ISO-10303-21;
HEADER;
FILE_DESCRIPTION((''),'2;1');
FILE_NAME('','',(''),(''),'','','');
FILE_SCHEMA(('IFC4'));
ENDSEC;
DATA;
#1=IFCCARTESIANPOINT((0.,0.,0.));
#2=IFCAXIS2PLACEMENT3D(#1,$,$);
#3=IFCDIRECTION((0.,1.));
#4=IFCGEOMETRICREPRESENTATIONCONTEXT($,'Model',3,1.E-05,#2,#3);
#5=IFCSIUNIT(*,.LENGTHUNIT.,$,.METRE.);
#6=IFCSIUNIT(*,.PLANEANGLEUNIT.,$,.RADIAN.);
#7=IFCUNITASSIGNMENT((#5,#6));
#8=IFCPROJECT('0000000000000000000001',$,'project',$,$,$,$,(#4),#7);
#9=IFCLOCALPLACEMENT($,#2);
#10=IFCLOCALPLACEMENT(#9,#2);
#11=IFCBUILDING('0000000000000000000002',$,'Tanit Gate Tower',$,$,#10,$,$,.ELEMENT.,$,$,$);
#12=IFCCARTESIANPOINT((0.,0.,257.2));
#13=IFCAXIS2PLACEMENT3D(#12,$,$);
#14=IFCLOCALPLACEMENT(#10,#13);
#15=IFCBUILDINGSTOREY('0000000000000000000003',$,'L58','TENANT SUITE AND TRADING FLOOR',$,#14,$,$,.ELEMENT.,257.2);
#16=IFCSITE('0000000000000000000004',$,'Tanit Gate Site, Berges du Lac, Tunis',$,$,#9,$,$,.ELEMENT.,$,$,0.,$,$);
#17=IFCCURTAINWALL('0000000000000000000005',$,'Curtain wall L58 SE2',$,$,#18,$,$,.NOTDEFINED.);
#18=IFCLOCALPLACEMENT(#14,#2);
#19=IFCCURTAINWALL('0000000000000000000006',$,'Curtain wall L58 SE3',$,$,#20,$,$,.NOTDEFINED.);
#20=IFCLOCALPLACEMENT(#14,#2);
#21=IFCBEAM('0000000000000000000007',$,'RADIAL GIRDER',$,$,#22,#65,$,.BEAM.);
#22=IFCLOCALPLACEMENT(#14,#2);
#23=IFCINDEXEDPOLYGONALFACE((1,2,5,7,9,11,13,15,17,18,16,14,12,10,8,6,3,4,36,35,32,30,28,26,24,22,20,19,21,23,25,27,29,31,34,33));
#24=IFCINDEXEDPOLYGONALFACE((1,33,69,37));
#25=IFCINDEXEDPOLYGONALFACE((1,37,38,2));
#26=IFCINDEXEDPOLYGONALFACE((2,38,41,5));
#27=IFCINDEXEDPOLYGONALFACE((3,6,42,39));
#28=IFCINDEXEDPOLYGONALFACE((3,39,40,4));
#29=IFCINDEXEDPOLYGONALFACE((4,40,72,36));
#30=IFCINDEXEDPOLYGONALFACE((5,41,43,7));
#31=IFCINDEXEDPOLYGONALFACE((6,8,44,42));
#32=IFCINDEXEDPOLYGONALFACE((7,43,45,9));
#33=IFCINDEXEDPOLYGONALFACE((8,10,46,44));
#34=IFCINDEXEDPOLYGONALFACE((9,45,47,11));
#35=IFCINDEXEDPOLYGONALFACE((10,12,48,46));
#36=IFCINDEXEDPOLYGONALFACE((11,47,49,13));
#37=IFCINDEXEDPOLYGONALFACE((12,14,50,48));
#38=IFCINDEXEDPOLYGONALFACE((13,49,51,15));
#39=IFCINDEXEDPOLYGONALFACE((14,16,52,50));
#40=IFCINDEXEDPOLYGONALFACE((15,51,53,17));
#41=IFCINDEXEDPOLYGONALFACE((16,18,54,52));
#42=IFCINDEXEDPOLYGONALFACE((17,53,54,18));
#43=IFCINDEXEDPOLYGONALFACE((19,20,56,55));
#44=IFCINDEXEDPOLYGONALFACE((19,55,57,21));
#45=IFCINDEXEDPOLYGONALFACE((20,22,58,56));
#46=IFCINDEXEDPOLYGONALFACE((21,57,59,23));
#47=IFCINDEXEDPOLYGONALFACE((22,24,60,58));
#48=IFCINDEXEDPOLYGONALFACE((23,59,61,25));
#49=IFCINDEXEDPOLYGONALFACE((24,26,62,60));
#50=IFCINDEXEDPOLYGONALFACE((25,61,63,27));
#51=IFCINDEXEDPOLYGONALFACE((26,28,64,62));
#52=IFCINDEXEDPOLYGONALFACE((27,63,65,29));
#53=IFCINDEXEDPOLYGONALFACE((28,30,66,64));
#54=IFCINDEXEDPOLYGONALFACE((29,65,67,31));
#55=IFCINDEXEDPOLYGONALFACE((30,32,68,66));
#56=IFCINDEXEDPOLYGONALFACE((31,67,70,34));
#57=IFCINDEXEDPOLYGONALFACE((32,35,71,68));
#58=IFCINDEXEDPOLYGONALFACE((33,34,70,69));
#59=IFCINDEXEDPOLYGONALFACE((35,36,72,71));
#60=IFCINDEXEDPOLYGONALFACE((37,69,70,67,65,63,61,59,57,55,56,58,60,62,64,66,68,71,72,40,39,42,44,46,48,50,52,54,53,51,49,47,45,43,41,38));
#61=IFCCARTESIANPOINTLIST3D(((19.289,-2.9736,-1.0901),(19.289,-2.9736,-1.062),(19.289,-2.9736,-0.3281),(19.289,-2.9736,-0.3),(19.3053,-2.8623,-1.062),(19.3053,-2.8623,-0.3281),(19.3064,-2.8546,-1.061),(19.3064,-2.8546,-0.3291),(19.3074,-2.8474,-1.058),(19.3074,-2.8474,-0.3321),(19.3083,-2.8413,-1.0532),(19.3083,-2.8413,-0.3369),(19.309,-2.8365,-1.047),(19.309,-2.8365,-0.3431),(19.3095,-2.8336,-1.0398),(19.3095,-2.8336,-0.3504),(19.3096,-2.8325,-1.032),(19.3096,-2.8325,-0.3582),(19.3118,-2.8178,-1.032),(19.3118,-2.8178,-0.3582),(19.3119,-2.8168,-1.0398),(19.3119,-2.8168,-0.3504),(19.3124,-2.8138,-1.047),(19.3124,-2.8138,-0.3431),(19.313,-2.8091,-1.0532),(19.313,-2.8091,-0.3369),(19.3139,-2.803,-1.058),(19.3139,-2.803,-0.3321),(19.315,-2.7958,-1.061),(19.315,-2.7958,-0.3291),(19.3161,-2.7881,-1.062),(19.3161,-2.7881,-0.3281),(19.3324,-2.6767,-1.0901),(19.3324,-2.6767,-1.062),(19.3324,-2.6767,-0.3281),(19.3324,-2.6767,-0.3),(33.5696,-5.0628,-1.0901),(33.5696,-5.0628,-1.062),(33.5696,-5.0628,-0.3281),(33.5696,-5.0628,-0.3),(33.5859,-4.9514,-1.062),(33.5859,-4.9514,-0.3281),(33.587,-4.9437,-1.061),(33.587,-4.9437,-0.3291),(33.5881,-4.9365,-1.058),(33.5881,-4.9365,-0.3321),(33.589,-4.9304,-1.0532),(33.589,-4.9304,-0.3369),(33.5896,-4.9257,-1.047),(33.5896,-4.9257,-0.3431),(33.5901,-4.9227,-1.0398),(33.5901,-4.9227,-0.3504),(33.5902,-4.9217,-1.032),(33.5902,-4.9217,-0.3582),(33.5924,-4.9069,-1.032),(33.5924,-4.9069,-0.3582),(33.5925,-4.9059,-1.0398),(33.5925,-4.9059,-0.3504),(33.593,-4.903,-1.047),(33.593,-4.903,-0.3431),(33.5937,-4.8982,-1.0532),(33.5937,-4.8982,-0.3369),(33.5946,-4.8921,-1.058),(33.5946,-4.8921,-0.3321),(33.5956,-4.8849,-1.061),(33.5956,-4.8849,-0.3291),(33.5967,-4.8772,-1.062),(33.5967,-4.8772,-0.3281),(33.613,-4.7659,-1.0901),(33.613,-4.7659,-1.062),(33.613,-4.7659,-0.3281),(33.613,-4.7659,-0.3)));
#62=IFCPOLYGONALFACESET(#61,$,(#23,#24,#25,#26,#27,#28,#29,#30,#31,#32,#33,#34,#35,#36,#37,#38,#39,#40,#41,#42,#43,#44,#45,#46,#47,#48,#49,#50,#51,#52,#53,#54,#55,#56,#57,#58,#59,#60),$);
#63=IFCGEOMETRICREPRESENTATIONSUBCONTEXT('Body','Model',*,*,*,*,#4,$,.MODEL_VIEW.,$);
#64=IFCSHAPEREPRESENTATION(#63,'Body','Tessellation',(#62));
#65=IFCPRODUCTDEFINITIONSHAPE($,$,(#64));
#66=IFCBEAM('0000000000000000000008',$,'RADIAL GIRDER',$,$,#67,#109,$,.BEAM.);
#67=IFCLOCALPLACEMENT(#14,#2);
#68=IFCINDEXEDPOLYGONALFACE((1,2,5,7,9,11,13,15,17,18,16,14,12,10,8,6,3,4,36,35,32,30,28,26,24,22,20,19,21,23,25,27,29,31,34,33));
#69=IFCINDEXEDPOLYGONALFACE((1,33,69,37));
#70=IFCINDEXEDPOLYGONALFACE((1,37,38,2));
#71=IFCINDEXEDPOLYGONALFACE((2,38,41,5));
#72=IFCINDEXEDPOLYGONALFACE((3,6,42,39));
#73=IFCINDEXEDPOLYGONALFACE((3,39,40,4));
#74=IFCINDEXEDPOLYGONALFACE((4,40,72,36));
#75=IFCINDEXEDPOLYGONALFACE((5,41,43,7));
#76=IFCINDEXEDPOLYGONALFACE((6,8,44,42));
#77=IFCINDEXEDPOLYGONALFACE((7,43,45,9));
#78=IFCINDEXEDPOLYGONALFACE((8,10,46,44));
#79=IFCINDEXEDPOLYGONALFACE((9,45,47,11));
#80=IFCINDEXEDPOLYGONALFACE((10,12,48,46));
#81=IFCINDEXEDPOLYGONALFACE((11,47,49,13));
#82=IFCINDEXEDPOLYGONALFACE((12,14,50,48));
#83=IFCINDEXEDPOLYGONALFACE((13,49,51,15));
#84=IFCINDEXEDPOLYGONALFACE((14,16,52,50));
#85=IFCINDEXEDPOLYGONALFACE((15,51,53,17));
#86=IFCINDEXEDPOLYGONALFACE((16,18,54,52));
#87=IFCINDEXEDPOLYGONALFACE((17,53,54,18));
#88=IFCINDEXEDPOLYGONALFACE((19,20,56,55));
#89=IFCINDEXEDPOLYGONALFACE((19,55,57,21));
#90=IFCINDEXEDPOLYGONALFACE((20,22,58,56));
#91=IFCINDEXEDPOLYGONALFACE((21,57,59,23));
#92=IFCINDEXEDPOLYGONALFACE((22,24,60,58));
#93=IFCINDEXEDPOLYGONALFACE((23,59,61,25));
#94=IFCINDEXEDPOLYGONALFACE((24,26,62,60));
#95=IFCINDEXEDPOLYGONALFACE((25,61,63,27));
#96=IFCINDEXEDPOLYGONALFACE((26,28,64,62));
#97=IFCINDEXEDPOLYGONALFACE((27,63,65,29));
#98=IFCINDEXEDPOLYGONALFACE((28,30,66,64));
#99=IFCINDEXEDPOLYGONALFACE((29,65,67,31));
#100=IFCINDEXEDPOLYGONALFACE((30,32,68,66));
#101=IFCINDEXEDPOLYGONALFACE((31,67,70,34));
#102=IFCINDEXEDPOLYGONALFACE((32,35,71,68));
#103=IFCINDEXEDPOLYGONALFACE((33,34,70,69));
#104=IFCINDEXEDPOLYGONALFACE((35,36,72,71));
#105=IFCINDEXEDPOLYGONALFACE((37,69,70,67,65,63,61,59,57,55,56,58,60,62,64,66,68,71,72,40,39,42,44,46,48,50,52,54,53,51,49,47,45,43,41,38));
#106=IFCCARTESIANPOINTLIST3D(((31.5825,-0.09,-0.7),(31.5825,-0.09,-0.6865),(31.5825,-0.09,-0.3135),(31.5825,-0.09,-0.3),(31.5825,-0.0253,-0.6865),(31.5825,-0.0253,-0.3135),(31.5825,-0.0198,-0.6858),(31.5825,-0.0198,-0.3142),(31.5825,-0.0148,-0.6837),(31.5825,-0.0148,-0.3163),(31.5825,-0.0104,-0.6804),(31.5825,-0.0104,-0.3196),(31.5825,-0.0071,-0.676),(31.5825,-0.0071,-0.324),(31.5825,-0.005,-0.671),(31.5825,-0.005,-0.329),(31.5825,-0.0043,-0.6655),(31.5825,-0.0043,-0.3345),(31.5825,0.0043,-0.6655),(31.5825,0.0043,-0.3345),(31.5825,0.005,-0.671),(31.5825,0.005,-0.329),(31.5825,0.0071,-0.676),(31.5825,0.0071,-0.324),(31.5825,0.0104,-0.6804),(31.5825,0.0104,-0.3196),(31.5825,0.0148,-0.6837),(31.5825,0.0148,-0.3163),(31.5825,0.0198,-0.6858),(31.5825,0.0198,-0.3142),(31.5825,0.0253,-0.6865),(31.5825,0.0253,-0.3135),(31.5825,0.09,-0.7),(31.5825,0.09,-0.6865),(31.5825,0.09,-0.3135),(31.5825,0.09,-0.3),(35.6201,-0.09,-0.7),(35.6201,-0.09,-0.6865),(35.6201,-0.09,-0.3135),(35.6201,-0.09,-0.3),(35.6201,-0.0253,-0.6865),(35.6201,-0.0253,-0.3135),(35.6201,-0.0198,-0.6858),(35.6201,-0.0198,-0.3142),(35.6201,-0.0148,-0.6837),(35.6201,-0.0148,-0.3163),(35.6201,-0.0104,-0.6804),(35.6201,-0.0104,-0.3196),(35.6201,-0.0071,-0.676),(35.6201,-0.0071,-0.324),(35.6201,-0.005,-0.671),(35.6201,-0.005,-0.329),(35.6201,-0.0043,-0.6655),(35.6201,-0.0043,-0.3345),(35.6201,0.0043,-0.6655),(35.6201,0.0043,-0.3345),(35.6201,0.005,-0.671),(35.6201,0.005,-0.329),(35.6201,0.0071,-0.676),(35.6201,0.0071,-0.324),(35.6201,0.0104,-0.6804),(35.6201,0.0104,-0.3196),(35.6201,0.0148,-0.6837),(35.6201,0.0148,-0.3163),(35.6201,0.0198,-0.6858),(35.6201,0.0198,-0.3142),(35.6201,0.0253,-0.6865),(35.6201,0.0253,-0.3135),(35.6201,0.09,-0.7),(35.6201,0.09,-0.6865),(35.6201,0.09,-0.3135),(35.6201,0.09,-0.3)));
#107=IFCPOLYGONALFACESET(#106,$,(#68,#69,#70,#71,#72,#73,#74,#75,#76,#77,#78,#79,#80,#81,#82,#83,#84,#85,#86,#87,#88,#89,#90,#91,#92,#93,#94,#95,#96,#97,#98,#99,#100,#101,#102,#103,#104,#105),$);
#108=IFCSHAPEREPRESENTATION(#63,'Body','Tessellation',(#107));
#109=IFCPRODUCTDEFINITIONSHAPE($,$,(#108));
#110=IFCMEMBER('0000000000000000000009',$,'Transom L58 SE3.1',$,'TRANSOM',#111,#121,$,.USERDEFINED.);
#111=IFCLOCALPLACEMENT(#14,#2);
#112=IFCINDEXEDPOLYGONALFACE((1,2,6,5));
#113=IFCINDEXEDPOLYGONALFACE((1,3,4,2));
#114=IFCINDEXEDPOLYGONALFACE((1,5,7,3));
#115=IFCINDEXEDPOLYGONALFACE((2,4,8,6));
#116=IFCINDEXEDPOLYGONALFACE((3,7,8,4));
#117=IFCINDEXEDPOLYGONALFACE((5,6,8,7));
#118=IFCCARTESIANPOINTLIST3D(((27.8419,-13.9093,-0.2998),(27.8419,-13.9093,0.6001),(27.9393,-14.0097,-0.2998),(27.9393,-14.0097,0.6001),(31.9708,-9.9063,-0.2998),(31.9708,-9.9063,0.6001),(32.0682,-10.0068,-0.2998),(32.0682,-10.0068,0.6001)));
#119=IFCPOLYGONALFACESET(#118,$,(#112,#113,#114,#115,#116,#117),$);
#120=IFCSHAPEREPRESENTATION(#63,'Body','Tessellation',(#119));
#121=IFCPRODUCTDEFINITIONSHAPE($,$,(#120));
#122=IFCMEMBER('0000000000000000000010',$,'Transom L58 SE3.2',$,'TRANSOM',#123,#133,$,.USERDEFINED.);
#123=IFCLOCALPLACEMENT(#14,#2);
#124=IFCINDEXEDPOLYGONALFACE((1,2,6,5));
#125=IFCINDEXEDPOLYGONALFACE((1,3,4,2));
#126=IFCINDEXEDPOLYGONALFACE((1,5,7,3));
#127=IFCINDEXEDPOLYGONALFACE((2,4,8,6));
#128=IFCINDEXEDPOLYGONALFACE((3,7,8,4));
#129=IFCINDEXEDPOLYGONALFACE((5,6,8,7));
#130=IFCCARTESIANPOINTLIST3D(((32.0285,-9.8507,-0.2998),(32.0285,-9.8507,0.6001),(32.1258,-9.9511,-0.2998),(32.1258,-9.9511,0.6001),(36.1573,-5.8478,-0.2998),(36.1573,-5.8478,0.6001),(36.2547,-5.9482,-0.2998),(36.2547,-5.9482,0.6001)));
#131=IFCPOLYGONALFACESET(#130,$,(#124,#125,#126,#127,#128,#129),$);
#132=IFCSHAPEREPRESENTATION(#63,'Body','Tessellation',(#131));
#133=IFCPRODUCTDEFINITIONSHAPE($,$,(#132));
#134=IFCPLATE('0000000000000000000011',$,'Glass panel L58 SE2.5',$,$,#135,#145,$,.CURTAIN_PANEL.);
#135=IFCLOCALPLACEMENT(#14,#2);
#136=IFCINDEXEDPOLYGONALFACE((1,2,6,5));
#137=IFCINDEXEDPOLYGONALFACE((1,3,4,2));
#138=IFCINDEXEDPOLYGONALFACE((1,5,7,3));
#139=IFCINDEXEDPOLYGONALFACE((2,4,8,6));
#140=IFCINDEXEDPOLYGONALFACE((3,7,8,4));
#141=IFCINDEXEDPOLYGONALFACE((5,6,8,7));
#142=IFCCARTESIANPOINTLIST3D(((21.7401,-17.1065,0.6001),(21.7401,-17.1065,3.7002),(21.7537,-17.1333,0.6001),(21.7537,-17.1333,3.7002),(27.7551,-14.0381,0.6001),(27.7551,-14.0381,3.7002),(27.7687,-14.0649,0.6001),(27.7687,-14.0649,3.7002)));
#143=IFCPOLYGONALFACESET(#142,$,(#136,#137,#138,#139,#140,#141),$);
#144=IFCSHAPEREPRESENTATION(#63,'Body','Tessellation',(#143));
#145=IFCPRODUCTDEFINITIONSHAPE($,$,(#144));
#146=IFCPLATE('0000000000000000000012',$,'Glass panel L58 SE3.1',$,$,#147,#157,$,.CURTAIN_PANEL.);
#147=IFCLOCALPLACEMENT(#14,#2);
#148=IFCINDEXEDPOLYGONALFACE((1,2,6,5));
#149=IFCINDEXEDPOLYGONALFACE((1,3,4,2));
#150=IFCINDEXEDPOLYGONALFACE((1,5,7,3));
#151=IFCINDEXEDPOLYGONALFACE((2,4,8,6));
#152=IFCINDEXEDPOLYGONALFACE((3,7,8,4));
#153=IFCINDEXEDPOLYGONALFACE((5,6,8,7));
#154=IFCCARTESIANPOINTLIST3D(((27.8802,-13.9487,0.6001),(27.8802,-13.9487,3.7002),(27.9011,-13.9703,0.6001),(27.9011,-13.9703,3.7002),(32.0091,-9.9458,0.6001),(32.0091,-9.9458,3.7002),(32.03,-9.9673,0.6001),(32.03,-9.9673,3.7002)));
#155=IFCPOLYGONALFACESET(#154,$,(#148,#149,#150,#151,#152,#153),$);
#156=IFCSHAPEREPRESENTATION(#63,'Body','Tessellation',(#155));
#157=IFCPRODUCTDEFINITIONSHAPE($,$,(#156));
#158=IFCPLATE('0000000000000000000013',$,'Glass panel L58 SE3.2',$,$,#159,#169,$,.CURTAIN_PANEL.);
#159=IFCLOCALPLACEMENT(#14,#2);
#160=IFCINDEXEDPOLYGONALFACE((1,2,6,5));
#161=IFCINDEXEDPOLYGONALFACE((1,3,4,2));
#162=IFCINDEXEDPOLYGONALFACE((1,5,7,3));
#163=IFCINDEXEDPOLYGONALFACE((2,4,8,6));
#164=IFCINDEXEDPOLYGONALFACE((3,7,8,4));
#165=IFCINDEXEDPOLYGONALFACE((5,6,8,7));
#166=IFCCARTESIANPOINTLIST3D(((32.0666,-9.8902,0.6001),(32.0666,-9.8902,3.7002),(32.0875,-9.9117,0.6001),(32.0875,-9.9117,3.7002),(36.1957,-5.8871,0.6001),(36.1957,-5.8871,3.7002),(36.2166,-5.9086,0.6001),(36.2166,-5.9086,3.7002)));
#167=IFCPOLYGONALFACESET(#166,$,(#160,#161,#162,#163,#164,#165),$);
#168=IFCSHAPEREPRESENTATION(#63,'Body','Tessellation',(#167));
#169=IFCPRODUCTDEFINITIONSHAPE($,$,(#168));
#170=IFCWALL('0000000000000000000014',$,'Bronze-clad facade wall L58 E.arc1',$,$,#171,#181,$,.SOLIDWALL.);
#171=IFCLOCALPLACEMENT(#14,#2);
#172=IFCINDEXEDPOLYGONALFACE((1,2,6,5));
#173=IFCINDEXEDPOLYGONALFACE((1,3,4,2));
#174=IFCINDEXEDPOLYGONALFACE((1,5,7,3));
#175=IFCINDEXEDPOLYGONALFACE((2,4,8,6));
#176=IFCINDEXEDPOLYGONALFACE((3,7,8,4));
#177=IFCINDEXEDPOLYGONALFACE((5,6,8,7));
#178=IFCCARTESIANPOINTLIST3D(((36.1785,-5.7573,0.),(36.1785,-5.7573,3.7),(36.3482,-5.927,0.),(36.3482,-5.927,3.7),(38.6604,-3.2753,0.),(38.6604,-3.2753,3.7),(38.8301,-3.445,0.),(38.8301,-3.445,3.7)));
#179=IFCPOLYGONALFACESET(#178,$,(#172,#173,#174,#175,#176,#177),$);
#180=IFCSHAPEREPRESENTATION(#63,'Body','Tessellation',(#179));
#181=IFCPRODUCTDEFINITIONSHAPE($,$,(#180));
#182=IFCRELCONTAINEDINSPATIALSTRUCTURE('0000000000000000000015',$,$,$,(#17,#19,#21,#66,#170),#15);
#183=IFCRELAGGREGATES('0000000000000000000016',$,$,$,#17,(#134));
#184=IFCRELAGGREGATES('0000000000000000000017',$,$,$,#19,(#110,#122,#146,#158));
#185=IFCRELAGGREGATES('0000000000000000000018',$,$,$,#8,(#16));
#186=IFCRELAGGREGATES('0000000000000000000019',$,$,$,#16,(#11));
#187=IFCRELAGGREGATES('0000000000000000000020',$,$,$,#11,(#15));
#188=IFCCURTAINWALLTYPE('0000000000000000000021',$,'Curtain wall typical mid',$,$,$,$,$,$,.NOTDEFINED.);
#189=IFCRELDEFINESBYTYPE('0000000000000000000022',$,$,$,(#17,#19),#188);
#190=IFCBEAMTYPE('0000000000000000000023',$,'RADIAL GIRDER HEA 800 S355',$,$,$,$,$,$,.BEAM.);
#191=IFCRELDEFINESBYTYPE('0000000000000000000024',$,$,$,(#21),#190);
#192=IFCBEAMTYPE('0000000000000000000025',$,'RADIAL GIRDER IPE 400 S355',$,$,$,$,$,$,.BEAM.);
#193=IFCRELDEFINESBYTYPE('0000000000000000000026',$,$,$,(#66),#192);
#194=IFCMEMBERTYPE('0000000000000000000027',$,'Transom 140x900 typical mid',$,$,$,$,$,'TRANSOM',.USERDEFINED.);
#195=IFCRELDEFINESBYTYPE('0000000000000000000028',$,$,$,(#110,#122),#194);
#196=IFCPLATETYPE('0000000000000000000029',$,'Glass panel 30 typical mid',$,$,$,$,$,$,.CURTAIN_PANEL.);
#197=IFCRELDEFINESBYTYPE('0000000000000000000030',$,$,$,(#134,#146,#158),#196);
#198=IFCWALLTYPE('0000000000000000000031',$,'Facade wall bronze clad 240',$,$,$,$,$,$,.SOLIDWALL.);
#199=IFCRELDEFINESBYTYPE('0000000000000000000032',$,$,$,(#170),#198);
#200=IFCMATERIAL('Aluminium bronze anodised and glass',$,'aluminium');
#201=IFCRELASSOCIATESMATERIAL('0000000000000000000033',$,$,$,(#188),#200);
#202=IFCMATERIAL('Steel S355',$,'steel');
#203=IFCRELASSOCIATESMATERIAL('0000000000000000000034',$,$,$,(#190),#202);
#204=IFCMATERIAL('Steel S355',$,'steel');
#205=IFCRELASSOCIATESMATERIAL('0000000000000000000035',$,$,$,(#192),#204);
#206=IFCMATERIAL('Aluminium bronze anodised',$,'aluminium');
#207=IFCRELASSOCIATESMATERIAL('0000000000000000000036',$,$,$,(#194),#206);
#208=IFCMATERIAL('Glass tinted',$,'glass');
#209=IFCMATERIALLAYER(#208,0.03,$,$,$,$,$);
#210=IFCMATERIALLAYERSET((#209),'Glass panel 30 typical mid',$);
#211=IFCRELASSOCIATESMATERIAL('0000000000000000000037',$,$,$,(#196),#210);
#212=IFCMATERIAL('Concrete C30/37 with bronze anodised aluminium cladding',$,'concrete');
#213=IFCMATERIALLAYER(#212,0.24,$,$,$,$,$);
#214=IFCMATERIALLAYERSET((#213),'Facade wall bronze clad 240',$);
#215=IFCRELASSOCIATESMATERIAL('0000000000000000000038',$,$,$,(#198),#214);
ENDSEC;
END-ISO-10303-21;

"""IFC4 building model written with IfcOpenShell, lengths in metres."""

from ifc_helpers import new_model, si_unit, direction, frame, frame_2d, origin, origin_2d, place, context, subcontext, project, spatial, rectangle, i_section, extrude, material, layer, layer_set, material_profile, profile_set, type_object, element, aggregate, save


model = new_model("IFC4")

# Units and contexts
model_context = context("Model", 3, precision=1e-05, world=origin(), true_north=direction((0.0, 1.0)))
body_context = subcontext(model_context, "Body", "Model", "MODEL_VIEW")
ifc_project = project(units=[si_unit("LENGTHUNIT", "METRE"), si_unit("PLANEANGLEUNIT", "RADIAN")], contexts=[model_context])

# Site, building, storey
site_placement = place(None, origin())
site = spatial("IfcSite", under=ifc_project, at=site_placement, Name="Tanit Gate Site, Berges du Lac, Tunis", CompositionType="ELEMENT", RefElevation=0.0)
building_placement = place(site_placement, origin())
building = spatial("IfcBuilding", under=site, at=building_placement, Name="Tanit Gate Tower", CompositionType="ELEMENT")
storey_placement = place(building_placement, frame((0.0, 0.0, 257.2)))
storey = spatial("IfcBuildingStorey", under=building, at=storey_placement, Name="L58", Description="TENANT SUITE AND TRADING FLOOR", CompositionType="ELEMENT", Elevation=257.2)

# Curtain wall
ifc_material_1 = material(Name="Aluminium bronze anodised and glass", Category="aluminium")
curtain_wall_type = type_object("IfcCurtainWallType", Name="Curtain wall typical mid", PredefinedType="NOTDEFINED", material=ifc_material_1)
curtain_wall_1_placement = place(storey_placement, origin())
curtain_wall_1 = element("IfcCurtainWall", 1, at=curtain_wall_1_placement, inside=storey, type_object=curtain_wall_type, Name="Curtain wall L58 SE2", PredefinedType="NOTDEFINED")

# Curtain wall
curtain_wall_2_placement = place(storey_placement, origin())
curtain_wall_2 = element("IfcCurtainWall", 2, at=curtain_wall_2_placement, inside=storey, type_object=curtain_wall_type, Name="Curtain wall L58 SE3", PredefinedType="NOTDEFINED")

# Beams
ifc_material_2 = material(Name="Steel S355", Category="steel")
ifc_material_profile_1 = material_profile(ifc_material_2, i_section(OverallWidth=0.3, OverallDepth=0.79, WebThickness=0.0149, FlangeThickness=0.0281, FilletRadius=0.03, at=origin_2d()), Name="HEA 800")
ifc_profile_set_1 = profile_set([ifc_material_profile_1], Name="Steel S355")
beam_type_1 = type_object("IfcBeamType", Name="RADIAL GIRDER HEA 800 S355", PredefinedType="BEAM", material=ifc_profile_set_1)
beam_1_placement = place(storey_placement, frame((33.5913, -4.9143, -0.6951), z_axis=(-0.989468, 0.14475, 0.0), x_axis=(-0.14475, -0.989468, 0.0)))
element("IfcBeam", 3, at=beam_1_placement, inside=storey, type_object=beam_type_1, Name="RADIAL GIRDER", PredefinedType="BEAM", context=body_context, shape_type="SweptSolid", body=[
    extrude(i_section(OverallWidth=0.3, OverallDepth=0.79, WebThickness=0.0149, FlangeThickness=0.0281, FilletRadius=0.03, at=origin_2d()), origin(), (0.0, 0.0, 1.0), 14.4326),
])
ifc_material_3 = material(Name="Steel S355", Category="steel")
ifc_material_profile_2 = material_profile(ifc_material_3, i_section(OverallWidth=0.1799, OverallDepth=0.3999, WebThickness=0.0085, FlangeThickness=0.0134, FilletRadius=0.021, at=origin_2d()), Name="IPE 400")
ifc_profile_set_2 = profile_set([ifc_material_profile_2], Name="Steel S355")
beam_type_2 = type_object("IfcBeamType", Name="RADIAL GIRDER IPE 400 S355", PredefinedType="BEAM", material=ifc_profile_set_2)
beam_2_placement = place(storey_placement, frame((35.6201, 0.0, -0.5), z_axis=(-1.0, 0.0, 0.0), x_axis=(0.0, -1.0, 0.0)))
element("IfcBeam", 4, at=beam_2_placement, inside=storey, type_object=beam_type_2, Name="RADIAL GIRDER", PredefinedType="BEAM", context=body_context, shape_type="SweptSolid", body=[
    extrude(i_section(OverallWidth=0.1799, OverallDepth=0.3999, WebThickness=0.0085, FlangeThickness=0.0134, FilletRadius=0.021, at=origin_2d()), origin(), (0.0, 0.0, 1.0), 4.0376),
])

# Members
ifc_material_4 = material(Name="Aluminium bronze anodised", Category="aluminium")
ifc_material_profile_3 = material_profile(ifc_material_4, rectangle(XDim=0.1399, YDim=0.8999, at=origin_2d()), Name="140x900 bronze transom")
ifc_profile_set_3 = profile_set([ifc_material_profile_3], Name="Aluminium bronze anodised")
member_type_1 = type_object("IfcMemberType", Name="Transom 140x900 typical mid", ElementType="TRANSOM", PredefinedType="USERDEFINED", material=ifc_profile_set_3)
member_1_placement = place(storey_placement, frame((27.8906, -13.9595, 0.1501), z_axis=(0.717975, 0.696069, 0.0), x_axis=(-0.696069, 0.717975, 0.0)))
member_1 = element("IfcMember", 5, at=member_1_placement, type_object=member_type_1, Name="Transom L58 SE3.1", ObjectType="TRANSOM", PredefinedType="USERDEFINED", context=body_context, shape_type="SweptSolid", body=[
    extrude(rectangle(XDim=0.1399, YDim=0.8999, at=origin_2d()), origin(), (0.0, 0.0, 1.0), 5.7507),
])
member_2_placement = place(storey_placement, frame((32.0771, -9.9009, 0.1501), z_axis=(0.717975, 0.696069, 0.0), x_axis=(-0.696069, 0.717975, 0.0)))
member_2 = element("IfcMember", 6, at=member_2_placement, type_object=member_type_1, Name="Transom L58 SE3.2", ObjectType="TRANSOM", PredefinedType="USERDEFINED", context=body_context, shape_type="SweptSolid", body=[
    extrude(rectangle(XDim=0.1399, YDim=0.8999, at=origin_2d()), origin(), (0.0, 0.0, 1.0), 5.7507),
])

# Plates
ifc_material_5 = material(Name="Glass tinted", Category="glass")
ifc_layer_1 = layer(ifc_material_5, 0.03)
ifc_layer_set_1 = layer_set([ifc_layer_1], Name="Glass panel 30 typical mid")
plate_type = type_object("IfcPlateType", Name="Glass panel 30 typical mid", PredefinedType="CURTAIN_PANEL", material=ifc_layer_set_1)
plate_1_placement = place(storey_placement, frame((24.7544, -15.5857, 0.6001), z_axis=(0.0, 0.0, 1.0), x_axis=(0.890792, 0.454411, 0.0)))
plate_1 = element("IfcPlate", 7, at=plate_1_placement, type_object=plate_type, Name="Glass panel L58 SE2.5", PredefinedType="CURTAIN_PANEL", context=body_context, shape_type="SweptSolid", body=[
    extrude(rectangle(XDim=6.7524, YDim=0.03, at=origin_2d()), origin(), (0.0, 0.0, 1.0), 3.1001),
])
aggregate(curtain_wall_1, [plate_1])
plate_2_placement = place(storey_placement, frame((29.9551, -11.958, 0.6001), z_axis=(0.0, 0.0, 1.0), x_axis=(0.717971, 0.696073, 0.0)))
plate_2 = element("IfcPlate", 8, at=plate_2_placement, type_object=plate_type, Name="Glass panel L58 SE3.1", PredefinedType="CURTAIN_PANEL", context=body_context, shape_type="SweptSolid", body=[
    extrude(rectangle(XDim=5.7507, YDim=0.03, at=origin_2d()), origin(), (0.0, 0.0, 1.0), 3.1001),
])
plate_3_placement = place(storey_placement, frame((34.1416, -7.8994, 0.6001), z_axis=(0.0, 0.0, 1.0), x_axis=(0.717971, 0.696073, 0.0)))
plate_3 = element("IfcPlate", 9, at=plate_3_placement, type_object=plate_type, Name="Glass panel L58 SE3.2", PredefinedType="CURTAIN_PANEL", context=body_context, shape_type="SweptSolid", body=[
    extrude(rectangle(XDim=5.751, YDim=0.03, at=origin_2d()), origin(), (0.0, 0.0, 1.0), 3.1001),
])
aggregate(curtain_wall_2, [member_1, member_2, plate_2, plate_3])

# Wall
ifc_material_6 = material(Name="Concrete C30/37 with bronze anodised aluminium cladding", Category="concrete")
ifc_layer_2 = layer(ifc_material_6, 0.24)
ifc_layer_set_2 = layer_set([ifc_layer_2], Name="Facade wall bronze clad 240")
wall_type_1 = type_object("IfcWallType", Name="Facade wall bronze clad 240", PredefinedType="SOLIDWALL", material=ifc_layer_set_2)
wall_1_placement = place(storey_placement, frame((36.2634, -5.842, 0.0), z_axis=(0.0, 0.0, 1.0), x_axis=(0.707107, 0.707107, 0.0)))
element("IfcWall", 10, at=wall_1_placement, inside=storey, type_object=wall_type_1, Name="Bronze-clad facade wall L58 E.arc1", PredefinedType="SOLIDWALL", context=body_context, shape_type="SweptSolid", body=[
    extrude(rectangle(XDim=3.51, YDim=0.24, at=frame_2d((1.7549, 0.0))), origin(), (0.0, 0.0, 1.0), 3.7),
])

save(model, "model.ifc")
